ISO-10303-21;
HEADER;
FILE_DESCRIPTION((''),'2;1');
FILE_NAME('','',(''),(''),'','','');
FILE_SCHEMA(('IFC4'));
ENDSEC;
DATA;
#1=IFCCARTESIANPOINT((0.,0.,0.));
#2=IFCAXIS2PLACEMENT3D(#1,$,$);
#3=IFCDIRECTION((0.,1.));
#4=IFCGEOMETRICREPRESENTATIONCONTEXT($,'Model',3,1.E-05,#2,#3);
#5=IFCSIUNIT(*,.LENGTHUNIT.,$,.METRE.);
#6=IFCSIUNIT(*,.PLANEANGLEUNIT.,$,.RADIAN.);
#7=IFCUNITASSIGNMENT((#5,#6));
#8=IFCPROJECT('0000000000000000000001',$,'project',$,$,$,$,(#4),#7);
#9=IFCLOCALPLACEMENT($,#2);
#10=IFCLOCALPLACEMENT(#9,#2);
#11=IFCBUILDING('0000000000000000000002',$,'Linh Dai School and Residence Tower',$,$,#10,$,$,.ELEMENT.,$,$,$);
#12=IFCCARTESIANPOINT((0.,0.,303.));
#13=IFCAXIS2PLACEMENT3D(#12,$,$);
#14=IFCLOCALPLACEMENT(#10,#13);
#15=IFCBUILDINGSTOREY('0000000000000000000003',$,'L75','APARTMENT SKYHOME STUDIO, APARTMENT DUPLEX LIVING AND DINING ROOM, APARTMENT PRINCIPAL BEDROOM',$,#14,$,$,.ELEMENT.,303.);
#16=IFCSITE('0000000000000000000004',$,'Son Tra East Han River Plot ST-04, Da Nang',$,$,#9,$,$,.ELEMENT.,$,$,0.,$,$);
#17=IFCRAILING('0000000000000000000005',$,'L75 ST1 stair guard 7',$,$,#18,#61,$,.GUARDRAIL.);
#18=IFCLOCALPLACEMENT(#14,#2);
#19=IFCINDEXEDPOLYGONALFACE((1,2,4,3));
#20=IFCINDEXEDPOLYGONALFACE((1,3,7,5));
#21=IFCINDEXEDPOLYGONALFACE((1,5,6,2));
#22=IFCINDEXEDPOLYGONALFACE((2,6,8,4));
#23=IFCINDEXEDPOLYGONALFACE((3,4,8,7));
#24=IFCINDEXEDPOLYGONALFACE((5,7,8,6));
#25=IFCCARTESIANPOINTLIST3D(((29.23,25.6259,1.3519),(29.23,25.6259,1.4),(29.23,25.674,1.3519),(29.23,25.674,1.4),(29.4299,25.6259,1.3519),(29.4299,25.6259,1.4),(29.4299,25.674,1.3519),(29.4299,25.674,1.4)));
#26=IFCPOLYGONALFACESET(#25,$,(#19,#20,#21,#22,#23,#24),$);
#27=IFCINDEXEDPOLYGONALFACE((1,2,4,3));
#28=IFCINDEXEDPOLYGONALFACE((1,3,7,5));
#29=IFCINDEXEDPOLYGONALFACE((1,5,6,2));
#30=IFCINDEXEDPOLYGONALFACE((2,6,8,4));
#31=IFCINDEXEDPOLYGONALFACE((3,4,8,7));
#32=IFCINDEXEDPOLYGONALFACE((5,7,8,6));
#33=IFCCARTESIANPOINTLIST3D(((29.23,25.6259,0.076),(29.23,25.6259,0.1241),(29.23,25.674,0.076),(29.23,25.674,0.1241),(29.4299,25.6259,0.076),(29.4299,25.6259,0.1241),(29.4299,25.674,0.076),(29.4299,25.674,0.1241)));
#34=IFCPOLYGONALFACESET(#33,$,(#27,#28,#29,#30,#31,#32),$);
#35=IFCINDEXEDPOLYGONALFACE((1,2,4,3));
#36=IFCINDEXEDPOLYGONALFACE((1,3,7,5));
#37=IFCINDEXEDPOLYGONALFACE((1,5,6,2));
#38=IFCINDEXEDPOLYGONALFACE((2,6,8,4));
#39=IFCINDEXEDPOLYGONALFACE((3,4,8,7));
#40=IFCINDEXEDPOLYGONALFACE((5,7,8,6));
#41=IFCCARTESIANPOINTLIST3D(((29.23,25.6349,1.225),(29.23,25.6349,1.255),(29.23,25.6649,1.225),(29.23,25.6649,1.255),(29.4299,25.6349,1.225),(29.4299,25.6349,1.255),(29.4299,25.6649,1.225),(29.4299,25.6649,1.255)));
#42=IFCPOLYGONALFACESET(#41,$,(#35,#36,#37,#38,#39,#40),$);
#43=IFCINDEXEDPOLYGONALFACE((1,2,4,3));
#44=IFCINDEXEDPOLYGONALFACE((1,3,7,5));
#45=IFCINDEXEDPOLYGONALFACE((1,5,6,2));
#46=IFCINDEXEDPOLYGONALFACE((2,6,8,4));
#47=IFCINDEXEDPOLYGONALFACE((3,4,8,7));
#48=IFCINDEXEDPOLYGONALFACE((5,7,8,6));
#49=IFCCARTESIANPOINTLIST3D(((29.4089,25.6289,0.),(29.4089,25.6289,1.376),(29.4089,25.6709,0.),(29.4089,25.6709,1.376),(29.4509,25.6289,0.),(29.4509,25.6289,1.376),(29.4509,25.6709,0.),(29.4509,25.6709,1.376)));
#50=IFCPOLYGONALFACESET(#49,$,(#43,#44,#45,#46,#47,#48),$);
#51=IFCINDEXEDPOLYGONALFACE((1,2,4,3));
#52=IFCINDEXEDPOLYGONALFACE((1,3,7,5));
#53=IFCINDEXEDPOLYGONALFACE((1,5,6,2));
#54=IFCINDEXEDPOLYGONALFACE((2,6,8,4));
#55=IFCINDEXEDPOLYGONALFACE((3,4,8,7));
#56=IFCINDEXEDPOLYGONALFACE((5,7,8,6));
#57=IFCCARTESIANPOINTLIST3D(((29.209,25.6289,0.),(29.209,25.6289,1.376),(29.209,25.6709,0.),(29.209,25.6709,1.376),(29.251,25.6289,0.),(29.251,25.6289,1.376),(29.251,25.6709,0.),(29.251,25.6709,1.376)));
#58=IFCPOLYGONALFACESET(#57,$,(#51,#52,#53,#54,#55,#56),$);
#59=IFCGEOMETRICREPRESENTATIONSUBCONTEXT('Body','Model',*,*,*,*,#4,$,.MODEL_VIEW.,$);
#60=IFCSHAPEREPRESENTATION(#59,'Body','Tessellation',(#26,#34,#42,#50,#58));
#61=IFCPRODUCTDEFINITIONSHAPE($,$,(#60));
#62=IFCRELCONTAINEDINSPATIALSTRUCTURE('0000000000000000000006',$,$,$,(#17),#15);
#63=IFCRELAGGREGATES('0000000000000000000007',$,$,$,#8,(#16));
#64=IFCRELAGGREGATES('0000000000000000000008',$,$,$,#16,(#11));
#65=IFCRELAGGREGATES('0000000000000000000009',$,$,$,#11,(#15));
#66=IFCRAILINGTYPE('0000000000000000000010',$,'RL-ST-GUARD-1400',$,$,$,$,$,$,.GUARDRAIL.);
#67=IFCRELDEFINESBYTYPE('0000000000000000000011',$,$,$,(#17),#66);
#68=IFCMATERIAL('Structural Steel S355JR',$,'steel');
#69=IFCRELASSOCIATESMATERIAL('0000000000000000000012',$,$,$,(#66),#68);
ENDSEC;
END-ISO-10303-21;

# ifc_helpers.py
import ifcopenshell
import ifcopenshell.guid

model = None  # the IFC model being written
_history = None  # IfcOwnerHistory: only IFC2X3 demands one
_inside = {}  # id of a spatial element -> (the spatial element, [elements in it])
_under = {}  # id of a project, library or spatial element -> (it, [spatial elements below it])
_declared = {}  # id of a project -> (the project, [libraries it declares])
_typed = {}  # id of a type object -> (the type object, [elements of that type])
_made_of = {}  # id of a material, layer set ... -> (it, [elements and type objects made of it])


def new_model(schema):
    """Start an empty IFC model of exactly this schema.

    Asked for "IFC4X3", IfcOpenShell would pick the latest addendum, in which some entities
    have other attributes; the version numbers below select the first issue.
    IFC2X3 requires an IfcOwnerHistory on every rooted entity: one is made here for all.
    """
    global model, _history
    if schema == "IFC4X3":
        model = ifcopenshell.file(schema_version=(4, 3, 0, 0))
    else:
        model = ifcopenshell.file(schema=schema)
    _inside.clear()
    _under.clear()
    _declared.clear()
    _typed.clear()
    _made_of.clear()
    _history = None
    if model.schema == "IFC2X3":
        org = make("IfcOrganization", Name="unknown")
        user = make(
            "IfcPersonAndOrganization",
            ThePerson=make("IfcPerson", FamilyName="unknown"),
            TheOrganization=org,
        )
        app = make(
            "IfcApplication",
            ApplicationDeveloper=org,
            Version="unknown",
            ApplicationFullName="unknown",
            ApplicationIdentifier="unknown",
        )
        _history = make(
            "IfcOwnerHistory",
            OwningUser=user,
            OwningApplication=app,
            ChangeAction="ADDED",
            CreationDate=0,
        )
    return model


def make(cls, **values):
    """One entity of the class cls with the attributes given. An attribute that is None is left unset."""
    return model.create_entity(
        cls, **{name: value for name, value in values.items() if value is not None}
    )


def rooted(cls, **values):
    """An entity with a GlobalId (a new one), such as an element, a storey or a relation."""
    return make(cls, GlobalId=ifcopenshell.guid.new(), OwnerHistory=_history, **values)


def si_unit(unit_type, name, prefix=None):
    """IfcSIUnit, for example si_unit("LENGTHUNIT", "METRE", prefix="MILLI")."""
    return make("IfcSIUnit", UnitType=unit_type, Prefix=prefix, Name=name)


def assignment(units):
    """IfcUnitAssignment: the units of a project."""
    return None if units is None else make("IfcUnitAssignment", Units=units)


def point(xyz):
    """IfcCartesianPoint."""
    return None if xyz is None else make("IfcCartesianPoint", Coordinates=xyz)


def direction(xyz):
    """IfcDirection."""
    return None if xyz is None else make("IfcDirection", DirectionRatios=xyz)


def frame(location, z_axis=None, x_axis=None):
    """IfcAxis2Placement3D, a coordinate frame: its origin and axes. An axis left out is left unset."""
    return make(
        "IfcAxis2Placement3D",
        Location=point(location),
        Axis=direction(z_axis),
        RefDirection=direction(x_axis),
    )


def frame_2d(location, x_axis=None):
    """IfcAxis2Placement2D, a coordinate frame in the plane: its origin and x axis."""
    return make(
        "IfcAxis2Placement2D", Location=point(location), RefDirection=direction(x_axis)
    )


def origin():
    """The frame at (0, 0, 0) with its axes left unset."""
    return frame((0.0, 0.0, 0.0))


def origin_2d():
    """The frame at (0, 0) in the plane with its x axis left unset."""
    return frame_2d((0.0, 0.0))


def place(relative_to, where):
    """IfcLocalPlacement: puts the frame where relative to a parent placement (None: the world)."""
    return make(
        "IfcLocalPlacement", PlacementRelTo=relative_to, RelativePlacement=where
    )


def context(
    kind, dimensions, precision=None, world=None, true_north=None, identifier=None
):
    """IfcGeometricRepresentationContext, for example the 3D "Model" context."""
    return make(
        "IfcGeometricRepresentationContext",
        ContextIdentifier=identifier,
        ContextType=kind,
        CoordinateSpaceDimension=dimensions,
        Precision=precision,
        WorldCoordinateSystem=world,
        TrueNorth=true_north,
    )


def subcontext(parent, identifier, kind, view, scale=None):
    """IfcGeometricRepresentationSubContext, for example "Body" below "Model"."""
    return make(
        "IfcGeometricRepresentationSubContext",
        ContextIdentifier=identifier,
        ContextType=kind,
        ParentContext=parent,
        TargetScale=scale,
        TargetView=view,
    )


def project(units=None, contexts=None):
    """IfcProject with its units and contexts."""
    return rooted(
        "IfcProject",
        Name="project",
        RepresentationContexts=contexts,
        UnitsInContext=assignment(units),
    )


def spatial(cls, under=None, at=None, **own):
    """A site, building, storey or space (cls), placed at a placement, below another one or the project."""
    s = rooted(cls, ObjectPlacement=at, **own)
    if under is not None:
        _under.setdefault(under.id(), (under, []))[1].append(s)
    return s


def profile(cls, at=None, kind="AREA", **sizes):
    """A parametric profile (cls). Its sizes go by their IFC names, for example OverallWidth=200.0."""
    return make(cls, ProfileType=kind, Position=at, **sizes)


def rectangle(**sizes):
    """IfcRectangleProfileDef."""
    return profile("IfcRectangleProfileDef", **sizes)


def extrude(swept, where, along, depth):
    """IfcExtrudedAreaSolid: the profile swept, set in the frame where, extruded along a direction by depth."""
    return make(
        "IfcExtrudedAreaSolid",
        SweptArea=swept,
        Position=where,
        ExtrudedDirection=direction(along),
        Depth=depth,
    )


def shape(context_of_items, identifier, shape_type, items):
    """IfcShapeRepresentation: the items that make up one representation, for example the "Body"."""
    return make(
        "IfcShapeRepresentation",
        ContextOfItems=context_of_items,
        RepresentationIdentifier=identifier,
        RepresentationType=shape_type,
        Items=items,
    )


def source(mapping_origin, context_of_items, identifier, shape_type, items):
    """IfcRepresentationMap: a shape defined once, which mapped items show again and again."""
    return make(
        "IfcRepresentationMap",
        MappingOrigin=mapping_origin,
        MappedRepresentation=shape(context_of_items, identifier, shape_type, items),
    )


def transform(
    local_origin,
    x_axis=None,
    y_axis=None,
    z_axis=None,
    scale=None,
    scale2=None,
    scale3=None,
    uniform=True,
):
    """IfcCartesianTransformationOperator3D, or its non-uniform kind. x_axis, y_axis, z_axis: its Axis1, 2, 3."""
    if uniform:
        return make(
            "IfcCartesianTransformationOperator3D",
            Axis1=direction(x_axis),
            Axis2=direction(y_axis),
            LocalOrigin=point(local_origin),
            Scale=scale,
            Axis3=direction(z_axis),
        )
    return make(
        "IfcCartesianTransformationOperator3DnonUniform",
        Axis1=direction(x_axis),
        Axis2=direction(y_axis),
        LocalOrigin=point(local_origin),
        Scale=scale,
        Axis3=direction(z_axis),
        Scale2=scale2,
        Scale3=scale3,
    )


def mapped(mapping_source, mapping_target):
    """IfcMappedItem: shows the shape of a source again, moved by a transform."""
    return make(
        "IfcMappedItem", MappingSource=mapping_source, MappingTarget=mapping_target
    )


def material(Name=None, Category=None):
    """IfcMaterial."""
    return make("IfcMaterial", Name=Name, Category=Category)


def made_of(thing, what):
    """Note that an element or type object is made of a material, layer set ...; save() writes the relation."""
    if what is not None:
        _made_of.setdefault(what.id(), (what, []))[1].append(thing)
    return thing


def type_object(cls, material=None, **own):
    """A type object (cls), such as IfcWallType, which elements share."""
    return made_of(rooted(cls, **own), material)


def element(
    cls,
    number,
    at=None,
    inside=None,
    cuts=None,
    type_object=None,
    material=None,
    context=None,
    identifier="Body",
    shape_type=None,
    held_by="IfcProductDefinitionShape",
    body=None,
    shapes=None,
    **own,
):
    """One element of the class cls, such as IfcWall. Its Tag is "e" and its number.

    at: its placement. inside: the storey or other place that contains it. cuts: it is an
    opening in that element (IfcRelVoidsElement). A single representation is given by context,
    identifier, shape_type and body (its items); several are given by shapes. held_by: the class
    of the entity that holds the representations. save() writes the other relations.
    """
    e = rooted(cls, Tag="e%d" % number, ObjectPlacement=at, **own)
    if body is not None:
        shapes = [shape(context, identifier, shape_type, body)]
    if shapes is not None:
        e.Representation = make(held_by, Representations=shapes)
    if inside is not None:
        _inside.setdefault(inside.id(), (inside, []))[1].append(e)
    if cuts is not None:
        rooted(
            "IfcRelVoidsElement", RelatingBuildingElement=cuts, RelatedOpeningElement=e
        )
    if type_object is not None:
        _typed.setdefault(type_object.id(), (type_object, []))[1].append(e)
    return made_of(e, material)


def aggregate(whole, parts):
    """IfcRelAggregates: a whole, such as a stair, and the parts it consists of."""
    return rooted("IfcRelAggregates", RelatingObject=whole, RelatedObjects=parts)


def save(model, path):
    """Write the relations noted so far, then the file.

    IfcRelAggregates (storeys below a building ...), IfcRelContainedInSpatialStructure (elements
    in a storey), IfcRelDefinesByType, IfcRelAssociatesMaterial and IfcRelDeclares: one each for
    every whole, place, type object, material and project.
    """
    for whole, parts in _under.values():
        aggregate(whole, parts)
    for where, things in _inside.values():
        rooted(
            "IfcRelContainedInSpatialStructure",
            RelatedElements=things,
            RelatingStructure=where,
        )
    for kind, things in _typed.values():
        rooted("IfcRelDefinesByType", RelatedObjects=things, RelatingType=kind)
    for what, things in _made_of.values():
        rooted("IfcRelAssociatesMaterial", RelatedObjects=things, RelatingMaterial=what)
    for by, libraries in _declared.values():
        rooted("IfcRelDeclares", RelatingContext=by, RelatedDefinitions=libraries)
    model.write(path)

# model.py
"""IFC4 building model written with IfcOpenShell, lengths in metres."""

from ifc_helpers import new_model, si_unit, direction, frame, origin, origin_2d, place, context, subcontext, project, spatial, rectangle, extrude, source, transform, mapped, material, type_object, element, save


model = new_model("IFC4")

# Units and contexts
model_context = context("Model", 3, precision=1e-05, world=origin(), true_north=direction((0.0, 1.0)))
body_context = subcontext(model_context, "Body", "Model", "MODEL_VIEW")
ifc_project = project(units=[si_unit("LENGTHUNIT", "METRE"), si_unit("PLANEANGLEUNIT", "RADIAN")], contexts=[model_context])

# Site, building, storey
site_placement = place(None, origin())
site = spatial("IfcSite", under=ifc_project, at=site_placement, Name="Son Tra East Han River Plot ST-04, Da Nang", CompositionType="ELEMENT", RefElevation=0.0)
building_placement = place(site_placement, origin())
building = spatial("IfcBuilding", under=site, at=building_placement, Name="Linh Dai School and Residence Tower", CompositionType="ELEMENT")
storey_placement = place(building_placement, frame((0.0, 0.0, 303.0)))
storey = spatial("IfcBuildingStorey", under=building, at=storey_placement, Name="L75", Description="APARTMENT SKYHOME STUDIO, APARTMENT DUPLEX LIVING AND DINING ROOM, APARTMENT PRINCIPAL BEDROOM", CompositionType="ELEMENT", Elevation=303.0)

# Shared definitions
ifc_material_1 = material(Name="Structural Steel S355JR", Category="steel")

# Railing
railing_type_1 = type_object("IfcRailingType", Name="RL-ST-GUARD-1400", PredefinedType="GUARDRAIL", material=ifc_material_1)
shared_shape_1 = source(origin(), body_context, "Body", "SweptSolid", [
    extrude(rectangle(XDim=0.0481, YDim=0.0481, at=origin_2d()), frame((0.0, 0.0, 1.376), z_axis=(-1.0, 0.0, 0.0), x_axis=(0.0, -1.0, 0.0)), (0.0, 0.0, 1.0), 0.2),
    extrude(rectangle(XDim=0.0481, YDim=0.0481, at=origin_2d()), frame((0.0, 0.0, 0.1001), z_axis=(-1.0, 0.0, 0.0), x_axis=(0.0, -1.0, 0.0)), (0.0, 0.0, 1.0), 0.2),
    extrude(rectangle(XDim=0.03, YDim=0.03, at=origin_2d()), frame((0.0, 0.0, 1.24), z_axis=(-1.0, 0.0, 0.0), x_axis=(0.0, -1.0, 0.0)), (0.0, 0.0, 1.0), 0.2),
    extrude(rectangle(XDim=0.042, YDim=0.042, at=origin_2d()), origin(), (0.0, 0.0, 1.0), 1.376),
    extrude(rectangle(XDim=0.042, YDim=0.042, at=origin_2d()), frame((-0.2, 0.0, 0.0)), (0.0, 0.0, 1.0), 1.376),
])
railing_1_placement = place(storey_placement, frame((29.4299, 25.6499, 0.0)))
element("IfcRailing", 1, at=railing_1_placement, inside=storey, type_object=railing_type_1, Name="L75 ST1 stair guard 7", PredefinedType="GUARDRAIL", context=body_context, shape_type="MappedRepresentation", body=[
    mapped(shared_shape_1, transform((0.0, 0.0, 0.0), x_axis=(1.0, 0.0, 0.0), y_axis=(0.0, 1.0, 0.0), z_axis=(0.0, 0.0, 1.0), scale=1.0)),
])

save(model, "model.ifc")
